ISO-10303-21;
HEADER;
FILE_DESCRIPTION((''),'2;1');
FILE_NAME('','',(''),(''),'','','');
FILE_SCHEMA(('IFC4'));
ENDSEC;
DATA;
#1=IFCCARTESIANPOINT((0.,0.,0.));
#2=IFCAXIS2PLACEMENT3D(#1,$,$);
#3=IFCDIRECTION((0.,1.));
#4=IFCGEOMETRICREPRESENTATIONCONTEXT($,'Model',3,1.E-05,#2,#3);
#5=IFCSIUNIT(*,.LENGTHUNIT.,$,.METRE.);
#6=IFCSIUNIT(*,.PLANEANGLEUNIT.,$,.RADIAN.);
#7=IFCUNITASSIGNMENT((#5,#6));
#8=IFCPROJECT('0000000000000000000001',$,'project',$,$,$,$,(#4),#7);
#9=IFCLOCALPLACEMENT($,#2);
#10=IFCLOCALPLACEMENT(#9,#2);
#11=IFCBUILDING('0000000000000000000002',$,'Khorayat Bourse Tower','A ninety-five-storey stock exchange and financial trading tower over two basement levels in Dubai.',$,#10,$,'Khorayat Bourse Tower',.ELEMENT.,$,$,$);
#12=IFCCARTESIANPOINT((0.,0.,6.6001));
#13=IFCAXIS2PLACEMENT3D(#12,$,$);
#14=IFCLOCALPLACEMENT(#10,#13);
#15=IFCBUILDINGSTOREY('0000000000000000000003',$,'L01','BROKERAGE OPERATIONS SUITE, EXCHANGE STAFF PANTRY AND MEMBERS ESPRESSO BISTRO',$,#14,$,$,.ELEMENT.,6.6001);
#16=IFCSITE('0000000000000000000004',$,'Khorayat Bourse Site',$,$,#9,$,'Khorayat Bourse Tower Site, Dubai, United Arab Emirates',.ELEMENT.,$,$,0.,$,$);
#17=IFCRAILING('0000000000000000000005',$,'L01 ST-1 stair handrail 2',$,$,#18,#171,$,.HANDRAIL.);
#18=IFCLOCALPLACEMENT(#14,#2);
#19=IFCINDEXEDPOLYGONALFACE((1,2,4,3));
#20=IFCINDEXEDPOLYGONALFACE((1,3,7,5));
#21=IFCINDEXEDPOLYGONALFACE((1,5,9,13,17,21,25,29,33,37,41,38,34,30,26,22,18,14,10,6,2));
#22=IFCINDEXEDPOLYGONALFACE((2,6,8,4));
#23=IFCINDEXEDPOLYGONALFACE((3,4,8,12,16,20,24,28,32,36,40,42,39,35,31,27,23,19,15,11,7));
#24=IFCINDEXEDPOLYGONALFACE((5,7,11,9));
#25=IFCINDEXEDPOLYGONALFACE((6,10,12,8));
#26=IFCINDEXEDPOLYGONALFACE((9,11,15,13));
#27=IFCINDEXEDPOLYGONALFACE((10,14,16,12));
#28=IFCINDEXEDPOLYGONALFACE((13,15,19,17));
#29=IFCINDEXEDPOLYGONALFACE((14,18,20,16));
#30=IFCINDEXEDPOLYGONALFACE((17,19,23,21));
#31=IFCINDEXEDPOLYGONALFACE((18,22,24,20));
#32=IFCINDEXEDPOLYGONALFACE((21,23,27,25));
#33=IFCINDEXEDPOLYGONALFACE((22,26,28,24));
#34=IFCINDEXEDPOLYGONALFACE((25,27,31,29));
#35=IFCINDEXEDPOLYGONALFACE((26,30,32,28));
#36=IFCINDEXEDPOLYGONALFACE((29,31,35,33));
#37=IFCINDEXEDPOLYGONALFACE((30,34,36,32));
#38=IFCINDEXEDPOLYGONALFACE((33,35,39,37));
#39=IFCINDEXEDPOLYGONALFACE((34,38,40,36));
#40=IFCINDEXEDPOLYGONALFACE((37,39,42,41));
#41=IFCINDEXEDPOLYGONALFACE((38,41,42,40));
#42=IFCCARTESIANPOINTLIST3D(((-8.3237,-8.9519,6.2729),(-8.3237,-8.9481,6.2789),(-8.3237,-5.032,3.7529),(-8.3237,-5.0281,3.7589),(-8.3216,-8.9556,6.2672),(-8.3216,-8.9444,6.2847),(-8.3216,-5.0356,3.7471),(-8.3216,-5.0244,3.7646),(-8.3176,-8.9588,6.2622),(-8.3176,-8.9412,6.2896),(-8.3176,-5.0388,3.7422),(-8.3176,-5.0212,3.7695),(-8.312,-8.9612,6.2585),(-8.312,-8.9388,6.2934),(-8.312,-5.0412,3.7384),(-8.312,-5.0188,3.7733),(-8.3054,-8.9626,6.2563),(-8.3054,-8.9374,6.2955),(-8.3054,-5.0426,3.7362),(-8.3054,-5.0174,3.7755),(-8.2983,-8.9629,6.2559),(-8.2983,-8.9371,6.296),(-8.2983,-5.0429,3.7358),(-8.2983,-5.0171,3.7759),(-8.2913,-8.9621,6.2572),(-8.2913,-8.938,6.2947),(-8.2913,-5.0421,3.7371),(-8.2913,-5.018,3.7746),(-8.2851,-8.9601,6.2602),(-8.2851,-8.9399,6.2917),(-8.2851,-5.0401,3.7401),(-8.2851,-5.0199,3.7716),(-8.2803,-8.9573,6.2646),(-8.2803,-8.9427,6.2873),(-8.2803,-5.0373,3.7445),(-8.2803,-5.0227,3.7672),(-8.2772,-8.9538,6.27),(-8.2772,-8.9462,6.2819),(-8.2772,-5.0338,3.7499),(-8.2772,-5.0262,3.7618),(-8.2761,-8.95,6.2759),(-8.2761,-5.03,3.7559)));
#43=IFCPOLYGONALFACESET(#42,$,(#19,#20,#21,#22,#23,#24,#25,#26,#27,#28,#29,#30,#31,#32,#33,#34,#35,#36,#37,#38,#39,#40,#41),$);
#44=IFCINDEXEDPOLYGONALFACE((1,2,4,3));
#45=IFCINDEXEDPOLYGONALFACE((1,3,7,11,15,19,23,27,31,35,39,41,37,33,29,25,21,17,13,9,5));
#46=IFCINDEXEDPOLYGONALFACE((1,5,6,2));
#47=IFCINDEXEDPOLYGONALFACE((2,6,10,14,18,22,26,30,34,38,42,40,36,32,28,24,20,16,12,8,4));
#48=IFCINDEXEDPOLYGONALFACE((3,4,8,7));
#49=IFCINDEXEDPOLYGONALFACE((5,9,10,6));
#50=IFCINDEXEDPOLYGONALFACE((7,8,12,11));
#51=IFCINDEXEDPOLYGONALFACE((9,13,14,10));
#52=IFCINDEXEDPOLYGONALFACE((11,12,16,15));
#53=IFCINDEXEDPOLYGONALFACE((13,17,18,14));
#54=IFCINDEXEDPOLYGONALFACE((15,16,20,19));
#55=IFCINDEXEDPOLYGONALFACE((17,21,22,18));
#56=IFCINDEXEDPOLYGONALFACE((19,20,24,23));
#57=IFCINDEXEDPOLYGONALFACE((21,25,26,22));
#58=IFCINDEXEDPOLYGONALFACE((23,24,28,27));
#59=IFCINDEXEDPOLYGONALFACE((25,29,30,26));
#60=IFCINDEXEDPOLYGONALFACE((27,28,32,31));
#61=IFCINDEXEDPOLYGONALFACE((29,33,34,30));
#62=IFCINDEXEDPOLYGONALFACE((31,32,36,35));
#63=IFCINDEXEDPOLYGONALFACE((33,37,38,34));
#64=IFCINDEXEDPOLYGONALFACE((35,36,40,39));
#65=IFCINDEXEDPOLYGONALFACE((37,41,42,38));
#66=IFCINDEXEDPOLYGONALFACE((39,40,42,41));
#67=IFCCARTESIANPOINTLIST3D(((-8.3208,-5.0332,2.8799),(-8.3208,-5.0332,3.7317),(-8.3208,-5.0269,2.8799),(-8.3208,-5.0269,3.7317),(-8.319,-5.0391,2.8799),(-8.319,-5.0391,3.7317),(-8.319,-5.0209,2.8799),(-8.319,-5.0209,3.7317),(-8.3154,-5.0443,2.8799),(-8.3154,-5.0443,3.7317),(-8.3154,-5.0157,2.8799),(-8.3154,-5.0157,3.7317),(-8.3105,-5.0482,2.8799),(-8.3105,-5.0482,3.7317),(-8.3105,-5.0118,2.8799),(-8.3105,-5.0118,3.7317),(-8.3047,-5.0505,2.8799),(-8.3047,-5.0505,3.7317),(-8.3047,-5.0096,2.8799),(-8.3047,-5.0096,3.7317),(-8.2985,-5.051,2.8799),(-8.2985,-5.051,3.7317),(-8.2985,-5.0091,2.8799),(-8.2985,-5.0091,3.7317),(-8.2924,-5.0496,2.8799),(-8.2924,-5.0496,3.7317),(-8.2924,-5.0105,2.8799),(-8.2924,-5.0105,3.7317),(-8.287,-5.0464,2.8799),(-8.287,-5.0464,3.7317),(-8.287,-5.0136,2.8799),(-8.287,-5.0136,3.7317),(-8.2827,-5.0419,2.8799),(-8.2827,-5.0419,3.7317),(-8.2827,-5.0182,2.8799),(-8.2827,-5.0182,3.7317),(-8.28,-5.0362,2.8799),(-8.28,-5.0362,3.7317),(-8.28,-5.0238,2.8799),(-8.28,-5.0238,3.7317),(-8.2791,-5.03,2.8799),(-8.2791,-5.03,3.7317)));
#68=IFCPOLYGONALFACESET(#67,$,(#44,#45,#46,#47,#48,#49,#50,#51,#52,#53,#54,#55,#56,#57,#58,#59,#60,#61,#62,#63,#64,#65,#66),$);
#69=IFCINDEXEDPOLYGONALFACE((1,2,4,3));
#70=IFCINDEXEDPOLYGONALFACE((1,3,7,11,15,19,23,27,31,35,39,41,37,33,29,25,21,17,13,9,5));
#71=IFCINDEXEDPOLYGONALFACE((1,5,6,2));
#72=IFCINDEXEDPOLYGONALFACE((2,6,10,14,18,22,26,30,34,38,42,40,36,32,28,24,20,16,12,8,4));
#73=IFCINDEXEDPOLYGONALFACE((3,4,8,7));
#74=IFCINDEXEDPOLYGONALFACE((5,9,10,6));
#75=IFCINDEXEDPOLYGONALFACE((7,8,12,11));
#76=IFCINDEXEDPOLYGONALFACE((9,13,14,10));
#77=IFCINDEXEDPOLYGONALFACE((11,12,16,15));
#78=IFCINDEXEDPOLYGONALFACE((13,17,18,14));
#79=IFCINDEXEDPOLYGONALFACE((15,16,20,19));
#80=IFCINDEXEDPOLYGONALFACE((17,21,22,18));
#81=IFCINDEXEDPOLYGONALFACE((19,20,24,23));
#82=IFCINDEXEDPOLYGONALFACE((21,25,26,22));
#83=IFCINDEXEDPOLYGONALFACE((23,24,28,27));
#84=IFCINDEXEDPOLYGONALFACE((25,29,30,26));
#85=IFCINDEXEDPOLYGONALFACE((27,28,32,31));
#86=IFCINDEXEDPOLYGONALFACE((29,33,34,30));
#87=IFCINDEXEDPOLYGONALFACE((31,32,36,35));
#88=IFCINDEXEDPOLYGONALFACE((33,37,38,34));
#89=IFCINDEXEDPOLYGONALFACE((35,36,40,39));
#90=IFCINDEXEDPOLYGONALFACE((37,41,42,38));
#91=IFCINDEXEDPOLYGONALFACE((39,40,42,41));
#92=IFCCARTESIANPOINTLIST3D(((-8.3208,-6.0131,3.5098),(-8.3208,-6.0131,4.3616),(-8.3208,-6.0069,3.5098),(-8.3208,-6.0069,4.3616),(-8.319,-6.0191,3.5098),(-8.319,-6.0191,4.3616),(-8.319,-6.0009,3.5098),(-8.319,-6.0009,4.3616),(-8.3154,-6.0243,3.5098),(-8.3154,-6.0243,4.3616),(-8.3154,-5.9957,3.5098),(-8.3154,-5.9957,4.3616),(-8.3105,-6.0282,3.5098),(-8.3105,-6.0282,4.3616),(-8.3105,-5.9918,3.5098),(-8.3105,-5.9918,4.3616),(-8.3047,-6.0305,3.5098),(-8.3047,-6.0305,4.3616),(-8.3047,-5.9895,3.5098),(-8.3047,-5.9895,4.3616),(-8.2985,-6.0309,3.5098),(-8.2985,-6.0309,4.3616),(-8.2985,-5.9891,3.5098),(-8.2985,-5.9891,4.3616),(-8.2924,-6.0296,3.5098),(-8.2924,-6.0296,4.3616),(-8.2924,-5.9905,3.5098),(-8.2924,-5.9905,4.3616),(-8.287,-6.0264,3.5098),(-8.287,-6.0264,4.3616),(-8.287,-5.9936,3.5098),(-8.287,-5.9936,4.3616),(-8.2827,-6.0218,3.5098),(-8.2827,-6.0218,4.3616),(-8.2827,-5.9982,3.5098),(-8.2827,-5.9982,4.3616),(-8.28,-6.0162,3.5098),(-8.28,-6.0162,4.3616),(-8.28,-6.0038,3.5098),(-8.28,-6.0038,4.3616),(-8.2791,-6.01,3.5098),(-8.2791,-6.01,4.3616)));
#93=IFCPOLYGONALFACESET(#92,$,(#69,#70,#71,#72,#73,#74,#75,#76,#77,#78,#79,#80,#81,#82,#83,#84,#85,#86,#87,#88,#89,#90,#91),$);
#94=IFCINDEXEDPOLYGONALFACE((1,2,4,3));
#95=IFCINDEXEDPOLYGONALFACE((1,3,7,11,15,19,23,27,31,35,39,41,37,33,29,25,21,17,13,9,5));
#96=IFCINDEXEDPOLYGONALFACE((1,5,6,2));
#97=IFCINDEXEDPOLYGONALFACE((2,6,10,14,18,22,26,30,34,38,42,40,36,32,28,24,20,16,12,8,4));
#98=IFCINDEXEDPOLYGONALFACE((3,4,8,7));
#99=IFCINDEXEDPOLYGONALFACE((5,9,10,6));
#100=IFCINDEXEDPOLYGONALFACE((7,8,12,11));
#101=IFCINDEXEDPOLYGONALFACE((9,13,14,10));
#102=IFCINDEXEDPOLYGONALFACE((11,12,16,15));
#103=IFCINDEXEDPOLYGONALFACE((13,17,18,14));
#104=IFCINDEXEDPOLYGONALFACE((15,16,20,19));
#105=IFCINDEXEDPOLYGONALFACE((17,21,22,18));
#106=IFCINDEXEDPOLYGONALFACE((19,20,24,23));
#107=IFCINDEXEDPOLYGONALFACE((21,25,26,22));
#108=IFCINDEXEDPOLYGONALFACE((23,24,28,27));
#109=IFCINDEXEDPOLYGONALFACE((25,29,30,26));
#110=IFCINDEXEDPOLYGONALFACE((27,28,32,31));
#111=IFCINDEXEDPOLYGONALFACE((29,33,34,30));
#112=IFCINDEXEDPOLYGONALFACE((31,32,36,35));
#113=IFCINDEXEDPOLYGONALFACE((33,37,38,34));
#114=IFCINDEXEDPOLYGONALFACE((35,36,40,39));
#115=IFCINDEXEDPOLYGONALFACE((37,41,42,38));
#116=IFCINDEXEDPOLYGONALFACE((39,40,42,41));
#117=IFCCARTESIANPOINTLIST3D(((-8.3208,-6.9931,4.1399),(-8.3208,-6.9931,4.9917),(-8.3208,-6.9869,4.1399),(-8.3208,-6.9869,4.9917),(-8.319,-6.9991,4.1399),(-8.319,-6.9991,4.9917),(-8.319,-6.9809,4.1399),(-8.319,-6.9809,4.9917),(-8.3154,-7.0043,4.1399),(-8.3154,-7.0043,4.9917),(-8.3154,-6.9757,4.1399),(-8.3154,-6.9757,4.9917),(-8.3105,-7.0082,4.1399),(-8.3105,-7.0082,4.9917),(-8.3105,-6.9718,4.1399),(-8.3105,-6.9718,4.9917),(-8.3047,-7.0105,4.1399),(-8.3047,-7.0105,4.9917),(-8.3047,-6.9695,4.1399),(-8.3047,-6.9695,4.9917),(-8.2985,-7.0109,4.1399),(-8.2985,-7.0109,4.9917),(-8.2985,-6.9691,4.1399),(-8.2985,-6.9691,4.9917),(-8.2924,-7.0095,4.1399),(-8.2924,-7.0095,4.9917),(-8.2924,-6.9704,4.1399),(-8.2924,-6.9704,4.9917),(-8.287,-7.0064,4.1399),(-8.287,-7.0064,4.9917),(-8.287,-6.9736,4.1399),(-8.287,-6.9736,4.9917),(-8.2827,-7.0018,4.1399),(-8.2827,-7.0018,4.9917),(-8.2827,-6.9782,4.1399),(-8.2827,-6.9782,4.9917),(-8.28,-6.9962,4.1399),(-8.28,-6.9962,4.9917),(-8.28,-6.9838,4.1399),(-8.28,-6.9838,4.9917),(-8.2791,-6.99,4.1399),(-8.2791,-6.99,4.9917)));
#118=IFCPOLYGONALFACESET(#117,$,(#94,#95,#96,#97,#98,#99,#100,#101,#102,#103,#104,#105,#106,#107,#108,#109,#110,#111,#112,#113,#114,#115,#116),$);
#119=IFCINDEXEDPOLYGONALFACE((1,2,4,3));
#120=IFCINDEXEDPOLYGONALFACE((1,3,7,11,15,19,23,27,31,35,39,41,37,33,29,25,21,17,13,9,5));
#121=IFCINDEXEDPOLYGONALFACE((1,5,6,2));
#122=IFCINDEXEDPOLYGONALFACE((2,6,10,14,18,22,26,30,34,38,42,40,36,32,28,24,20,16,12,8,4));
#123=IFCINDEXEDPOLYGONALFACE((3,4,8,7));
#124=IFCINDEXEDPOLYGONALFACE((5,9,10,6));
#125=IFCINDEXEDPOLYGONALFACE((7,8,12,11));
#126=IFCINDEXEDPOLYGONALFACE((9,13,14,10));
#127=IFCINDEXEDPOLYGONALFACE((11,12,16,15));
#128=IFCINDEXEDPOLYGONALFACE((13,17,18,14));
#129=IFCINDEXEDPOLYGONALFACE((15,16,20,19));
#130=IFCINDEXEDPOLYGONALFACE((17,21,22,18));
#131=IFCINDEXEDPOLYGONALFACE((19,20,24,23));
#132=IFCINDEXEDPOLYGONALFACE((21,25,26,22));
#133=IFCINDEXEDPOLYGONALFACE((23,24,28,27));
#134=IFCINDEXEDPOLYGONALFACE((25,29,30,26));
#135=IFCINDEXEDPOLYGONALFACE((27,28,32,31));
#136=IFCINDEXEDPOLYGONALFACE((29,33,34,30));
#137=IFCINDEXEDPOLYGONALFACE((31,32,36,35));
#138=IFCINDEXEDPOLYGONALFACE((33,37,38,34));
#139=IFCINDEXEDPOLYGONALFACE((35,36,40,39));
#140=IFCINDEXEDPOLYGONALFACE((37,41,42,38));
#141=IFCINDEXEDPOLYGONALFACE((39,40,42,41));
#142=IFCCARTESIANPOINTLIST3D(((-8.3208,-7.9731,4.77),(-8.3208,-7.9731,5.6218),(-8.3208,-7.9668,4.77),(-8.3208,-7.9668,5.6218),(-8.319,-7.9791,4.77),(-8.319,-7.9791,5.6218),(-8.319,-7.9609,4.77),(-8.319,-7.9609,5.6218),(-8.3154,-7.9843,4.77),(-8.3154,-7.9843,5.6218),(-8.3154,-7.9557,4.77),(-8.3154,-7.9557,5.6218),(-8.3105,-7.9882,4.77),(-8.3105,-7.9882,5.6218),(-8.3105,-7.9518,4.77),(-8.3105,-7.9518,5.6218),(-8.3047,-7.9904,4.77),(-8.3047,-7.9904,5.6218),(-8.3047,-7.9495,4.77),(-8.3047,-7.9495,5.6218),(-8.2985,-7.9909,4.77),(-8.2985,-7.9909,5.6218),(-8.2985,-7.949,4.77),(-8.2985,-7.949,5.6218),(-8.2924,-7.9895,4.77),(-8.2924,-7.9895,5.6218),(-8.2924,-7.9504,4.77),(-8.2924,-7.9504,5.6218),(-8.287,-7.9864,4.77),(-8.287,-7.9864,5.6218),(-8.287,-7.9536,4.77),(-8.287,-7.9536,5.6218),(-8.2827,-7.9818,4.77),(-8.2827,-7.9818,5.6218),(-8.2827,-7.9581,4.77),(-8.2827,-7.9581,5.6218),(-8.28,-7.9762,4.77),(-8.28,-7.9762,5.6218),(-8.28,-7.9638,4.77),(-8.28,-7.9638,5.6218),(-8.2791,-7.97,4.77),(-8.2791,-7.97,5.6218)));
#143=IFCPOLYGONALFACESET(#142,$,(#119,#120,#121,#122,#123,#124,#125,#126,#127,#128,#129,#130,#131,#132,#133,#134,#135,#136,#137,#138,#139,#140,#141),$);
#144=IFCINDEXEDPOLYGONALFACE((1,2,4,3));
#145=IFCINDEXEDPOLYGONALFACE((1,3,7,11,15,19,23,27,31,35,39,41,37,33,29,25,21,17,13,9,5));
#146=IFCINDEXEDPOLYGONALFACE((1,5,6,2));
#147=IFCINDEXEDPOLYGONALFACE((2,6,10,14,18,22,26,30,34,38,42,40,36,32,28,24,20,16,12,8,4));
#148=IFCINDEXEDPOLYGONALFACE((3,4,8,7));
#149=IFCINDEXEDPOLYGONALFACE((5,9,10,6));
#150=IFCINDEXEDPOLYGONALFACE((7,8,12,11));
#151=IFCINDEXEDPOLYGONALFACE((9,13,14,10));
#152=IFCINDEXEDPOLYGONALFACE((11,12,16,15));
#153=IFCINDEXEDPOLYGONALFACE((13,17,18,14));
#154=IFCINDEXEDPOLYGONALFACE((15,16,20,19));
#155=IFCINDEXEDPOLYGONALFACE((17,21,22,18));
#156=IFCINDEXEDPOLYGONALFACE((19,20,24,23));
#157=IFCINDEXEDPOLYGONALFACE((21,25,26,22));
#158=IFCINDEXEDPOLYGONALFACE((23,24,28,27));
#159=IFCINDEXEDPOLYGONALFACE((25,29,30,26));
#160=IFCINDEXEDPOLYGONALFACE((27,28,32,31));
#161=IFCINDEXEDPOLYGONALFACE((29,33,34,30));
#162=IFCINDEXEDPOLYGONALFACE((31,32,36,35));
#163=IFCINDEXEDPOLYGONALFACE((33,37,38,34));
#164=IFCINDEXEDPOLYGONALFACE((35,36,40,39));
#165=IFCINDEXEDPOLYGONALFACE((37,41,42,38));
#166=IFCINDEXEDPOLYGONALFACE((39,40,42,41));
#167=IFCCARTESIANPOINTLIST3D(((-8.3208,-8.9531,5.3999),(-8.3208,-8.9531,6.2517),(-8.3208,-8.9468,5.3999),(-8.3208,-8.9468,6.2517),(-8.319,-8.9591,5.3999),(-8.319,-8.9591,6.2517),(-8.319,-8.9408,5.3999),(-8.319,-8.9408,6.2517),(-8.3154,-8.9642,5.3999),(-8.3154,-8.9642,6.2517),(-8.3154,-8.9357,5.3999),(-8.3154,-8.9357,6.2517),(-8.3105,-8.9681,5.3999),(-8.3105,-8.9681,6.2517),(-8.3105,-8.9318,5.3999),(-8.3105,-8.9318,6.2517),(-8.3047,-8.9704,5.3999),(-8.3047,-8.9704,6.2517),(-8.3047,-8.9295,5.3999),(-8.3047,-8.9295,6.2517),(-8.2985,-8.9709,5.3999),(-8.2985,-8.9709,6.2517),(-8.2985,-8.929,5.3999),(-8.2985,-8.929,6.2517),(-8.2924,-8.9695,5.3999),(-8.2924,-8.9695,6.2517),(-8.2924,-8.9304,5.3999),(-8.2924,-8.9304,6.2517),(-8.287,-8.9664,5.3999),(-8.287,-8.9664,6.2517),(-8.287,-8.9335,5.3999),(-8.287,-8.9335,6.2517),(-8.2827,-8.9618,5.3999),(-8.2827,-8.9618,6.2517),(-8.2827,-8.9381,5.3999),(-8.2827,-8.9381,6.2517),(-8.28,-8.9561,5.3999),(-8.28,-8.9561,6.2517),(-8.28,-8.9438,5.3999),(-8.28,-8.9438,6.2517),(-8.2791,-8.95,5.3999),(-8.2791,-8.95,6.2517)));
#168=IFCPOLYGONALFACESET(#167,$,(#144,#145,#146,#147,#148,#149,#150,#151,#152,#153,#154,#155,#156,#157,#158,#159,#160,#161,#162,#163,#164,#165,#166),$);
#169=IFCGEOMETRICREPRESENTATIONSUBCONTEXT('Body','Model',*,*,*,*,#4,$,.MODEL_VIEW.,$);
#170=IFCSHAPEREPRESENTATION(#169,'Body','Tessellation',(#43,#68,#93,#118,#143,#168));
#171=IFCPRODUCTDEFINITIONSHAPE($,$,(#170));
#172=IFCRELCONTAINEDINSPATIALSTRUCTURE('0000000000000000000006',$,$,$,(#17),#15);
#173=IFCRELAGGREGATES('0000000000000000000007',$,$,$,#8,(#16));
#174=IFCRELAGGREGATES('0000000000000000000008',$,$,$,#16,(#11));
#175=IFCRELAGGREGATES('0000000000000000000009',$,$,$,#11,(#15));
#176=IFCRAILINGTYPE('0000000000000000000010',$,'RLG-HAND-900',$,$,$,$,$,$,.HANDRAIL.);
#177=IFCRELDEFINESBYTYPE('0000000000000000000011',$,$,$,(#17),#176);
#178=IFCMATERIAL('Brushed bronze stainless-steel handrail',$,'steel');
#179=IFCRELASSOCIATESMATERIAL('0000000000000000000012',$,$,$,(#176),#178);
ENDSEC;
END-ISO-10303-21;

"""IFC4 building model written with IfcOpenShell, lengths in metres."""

from ifc_helpers import new_model, si_unit, direction, frame, origin, origin_2d, place, context, subcontext, project, spatial, circle, extrude, source, transform, mapped, material, type_object, element, save


model = new_model("IFC4")

# Units and contexts
model_context = context("Model", 3, precision=1e-05, world=origin(), true_north=direction((0.0, 1.0)))
body_context = subcontext(model_context, "Body", "Model", "MODEL_VIEW")
ifc_project = project(units=[si_unit("LENGTHUNIT", "METRE"), si_unit("PLANEANGLEUNIT", "RADIAN")], contexts=[model_context])

# Site, building, storey
site_placement = place(None, origin())
site = spatial("IfcSite", under=ifc_project, at=site_placement, Name="Khorayat Bourse Site", LongName="Khorayat Bourse Tower Site, Dubai, United Arab Emirates", CompositionType="ELEMENT", RefElevation=0.0)
building_placement = place(site_placement, origin())
building = spatial("IfcBuilding", under=site, at=building_placement, Name="Khorayat Bourse Tower", Description="A ninety-five-storey stock exchange and financial trading tower over two basement levels in Dubai.", LongName="Khorayat Bourse Tower", CompositionType="ELEMENT")
storey_placement = place(building_placement, frame((0.0, 0.0, 6.6001)))
storey = spatial("IfcBuildingStorey", under=building, at=storey_placement, Name="L01", Description="BROKERAGE OPERATIONS SUITE, EXCHANGE STAFF PANTRY AND MEMBERS ESPRESSO BISTRO", CompositionType="ELEMENT", Elevation=6.6001)

# Railing
ifc_material_1 = material(Name="Brushed bronze stainless-steel handrail", Category="steel")
railing_type_1 = type_object("IfcRailingType", Name="RLG-HAND-900", PredefinedType="HANDRAIL", material=ifc_material_1)
shared_shape_1 = source(origin(), body_context, "Body", "SweptSolid", [
    extrude(circle(Radius=0.0239, at=origin_2d()), frame((0.0, 0.0, 0.876), z_axis=(0.0, -0.841172, 0.540768), x_axis=(1.0, 0.0, 0.0)), (0.0, 0.0, 1.0), 4.6602),
    extrude(circle(Radius=0.021, at=origin_2d()), origin(), (0.0, 0.0, 1.0), 0.8518),
    extrude(circle(Radius=0.021, at=origin_2d()), frame((0.0, -0.98, 0.6299)), (0.0, 0.0, 1.0), 0.8518),
    extrude(circle(Radius=0.021, at=origin_2d()), frame((0.0, -1.96, 1.26)), (0.0, 0.0, 1.0), 0.8518),
    extrude(circle(Radius=0.021, at=origin_2d()), frame((0.0, -2.9399, 1.8901)), (0.0, 0.0, 1.0), 0.8518),
    extrude(circle(Radius=0.021, at=origin_2d()), frame((0.0, -3.9199, 2.52)), (0.0, 0.0, 1.0), 0.8518),
])
railing_1_placement = place(storey_placement, frame((-8.3, -5.03, 2.8799)))
element("IfcRailing", 1, at=railing_1_placement, inside=storey, type_object=railing_type_1, Name="L01 ST-1 stair handrail 2", PredefinedType="HANDRAIL", context=body_context, shape_type="MappedRepresentation", body=[
    mapped(shared_shape_1, transform((0.0, 0.0, 0.0), scale=1.0)),
])

save(model, "model.ifc")
